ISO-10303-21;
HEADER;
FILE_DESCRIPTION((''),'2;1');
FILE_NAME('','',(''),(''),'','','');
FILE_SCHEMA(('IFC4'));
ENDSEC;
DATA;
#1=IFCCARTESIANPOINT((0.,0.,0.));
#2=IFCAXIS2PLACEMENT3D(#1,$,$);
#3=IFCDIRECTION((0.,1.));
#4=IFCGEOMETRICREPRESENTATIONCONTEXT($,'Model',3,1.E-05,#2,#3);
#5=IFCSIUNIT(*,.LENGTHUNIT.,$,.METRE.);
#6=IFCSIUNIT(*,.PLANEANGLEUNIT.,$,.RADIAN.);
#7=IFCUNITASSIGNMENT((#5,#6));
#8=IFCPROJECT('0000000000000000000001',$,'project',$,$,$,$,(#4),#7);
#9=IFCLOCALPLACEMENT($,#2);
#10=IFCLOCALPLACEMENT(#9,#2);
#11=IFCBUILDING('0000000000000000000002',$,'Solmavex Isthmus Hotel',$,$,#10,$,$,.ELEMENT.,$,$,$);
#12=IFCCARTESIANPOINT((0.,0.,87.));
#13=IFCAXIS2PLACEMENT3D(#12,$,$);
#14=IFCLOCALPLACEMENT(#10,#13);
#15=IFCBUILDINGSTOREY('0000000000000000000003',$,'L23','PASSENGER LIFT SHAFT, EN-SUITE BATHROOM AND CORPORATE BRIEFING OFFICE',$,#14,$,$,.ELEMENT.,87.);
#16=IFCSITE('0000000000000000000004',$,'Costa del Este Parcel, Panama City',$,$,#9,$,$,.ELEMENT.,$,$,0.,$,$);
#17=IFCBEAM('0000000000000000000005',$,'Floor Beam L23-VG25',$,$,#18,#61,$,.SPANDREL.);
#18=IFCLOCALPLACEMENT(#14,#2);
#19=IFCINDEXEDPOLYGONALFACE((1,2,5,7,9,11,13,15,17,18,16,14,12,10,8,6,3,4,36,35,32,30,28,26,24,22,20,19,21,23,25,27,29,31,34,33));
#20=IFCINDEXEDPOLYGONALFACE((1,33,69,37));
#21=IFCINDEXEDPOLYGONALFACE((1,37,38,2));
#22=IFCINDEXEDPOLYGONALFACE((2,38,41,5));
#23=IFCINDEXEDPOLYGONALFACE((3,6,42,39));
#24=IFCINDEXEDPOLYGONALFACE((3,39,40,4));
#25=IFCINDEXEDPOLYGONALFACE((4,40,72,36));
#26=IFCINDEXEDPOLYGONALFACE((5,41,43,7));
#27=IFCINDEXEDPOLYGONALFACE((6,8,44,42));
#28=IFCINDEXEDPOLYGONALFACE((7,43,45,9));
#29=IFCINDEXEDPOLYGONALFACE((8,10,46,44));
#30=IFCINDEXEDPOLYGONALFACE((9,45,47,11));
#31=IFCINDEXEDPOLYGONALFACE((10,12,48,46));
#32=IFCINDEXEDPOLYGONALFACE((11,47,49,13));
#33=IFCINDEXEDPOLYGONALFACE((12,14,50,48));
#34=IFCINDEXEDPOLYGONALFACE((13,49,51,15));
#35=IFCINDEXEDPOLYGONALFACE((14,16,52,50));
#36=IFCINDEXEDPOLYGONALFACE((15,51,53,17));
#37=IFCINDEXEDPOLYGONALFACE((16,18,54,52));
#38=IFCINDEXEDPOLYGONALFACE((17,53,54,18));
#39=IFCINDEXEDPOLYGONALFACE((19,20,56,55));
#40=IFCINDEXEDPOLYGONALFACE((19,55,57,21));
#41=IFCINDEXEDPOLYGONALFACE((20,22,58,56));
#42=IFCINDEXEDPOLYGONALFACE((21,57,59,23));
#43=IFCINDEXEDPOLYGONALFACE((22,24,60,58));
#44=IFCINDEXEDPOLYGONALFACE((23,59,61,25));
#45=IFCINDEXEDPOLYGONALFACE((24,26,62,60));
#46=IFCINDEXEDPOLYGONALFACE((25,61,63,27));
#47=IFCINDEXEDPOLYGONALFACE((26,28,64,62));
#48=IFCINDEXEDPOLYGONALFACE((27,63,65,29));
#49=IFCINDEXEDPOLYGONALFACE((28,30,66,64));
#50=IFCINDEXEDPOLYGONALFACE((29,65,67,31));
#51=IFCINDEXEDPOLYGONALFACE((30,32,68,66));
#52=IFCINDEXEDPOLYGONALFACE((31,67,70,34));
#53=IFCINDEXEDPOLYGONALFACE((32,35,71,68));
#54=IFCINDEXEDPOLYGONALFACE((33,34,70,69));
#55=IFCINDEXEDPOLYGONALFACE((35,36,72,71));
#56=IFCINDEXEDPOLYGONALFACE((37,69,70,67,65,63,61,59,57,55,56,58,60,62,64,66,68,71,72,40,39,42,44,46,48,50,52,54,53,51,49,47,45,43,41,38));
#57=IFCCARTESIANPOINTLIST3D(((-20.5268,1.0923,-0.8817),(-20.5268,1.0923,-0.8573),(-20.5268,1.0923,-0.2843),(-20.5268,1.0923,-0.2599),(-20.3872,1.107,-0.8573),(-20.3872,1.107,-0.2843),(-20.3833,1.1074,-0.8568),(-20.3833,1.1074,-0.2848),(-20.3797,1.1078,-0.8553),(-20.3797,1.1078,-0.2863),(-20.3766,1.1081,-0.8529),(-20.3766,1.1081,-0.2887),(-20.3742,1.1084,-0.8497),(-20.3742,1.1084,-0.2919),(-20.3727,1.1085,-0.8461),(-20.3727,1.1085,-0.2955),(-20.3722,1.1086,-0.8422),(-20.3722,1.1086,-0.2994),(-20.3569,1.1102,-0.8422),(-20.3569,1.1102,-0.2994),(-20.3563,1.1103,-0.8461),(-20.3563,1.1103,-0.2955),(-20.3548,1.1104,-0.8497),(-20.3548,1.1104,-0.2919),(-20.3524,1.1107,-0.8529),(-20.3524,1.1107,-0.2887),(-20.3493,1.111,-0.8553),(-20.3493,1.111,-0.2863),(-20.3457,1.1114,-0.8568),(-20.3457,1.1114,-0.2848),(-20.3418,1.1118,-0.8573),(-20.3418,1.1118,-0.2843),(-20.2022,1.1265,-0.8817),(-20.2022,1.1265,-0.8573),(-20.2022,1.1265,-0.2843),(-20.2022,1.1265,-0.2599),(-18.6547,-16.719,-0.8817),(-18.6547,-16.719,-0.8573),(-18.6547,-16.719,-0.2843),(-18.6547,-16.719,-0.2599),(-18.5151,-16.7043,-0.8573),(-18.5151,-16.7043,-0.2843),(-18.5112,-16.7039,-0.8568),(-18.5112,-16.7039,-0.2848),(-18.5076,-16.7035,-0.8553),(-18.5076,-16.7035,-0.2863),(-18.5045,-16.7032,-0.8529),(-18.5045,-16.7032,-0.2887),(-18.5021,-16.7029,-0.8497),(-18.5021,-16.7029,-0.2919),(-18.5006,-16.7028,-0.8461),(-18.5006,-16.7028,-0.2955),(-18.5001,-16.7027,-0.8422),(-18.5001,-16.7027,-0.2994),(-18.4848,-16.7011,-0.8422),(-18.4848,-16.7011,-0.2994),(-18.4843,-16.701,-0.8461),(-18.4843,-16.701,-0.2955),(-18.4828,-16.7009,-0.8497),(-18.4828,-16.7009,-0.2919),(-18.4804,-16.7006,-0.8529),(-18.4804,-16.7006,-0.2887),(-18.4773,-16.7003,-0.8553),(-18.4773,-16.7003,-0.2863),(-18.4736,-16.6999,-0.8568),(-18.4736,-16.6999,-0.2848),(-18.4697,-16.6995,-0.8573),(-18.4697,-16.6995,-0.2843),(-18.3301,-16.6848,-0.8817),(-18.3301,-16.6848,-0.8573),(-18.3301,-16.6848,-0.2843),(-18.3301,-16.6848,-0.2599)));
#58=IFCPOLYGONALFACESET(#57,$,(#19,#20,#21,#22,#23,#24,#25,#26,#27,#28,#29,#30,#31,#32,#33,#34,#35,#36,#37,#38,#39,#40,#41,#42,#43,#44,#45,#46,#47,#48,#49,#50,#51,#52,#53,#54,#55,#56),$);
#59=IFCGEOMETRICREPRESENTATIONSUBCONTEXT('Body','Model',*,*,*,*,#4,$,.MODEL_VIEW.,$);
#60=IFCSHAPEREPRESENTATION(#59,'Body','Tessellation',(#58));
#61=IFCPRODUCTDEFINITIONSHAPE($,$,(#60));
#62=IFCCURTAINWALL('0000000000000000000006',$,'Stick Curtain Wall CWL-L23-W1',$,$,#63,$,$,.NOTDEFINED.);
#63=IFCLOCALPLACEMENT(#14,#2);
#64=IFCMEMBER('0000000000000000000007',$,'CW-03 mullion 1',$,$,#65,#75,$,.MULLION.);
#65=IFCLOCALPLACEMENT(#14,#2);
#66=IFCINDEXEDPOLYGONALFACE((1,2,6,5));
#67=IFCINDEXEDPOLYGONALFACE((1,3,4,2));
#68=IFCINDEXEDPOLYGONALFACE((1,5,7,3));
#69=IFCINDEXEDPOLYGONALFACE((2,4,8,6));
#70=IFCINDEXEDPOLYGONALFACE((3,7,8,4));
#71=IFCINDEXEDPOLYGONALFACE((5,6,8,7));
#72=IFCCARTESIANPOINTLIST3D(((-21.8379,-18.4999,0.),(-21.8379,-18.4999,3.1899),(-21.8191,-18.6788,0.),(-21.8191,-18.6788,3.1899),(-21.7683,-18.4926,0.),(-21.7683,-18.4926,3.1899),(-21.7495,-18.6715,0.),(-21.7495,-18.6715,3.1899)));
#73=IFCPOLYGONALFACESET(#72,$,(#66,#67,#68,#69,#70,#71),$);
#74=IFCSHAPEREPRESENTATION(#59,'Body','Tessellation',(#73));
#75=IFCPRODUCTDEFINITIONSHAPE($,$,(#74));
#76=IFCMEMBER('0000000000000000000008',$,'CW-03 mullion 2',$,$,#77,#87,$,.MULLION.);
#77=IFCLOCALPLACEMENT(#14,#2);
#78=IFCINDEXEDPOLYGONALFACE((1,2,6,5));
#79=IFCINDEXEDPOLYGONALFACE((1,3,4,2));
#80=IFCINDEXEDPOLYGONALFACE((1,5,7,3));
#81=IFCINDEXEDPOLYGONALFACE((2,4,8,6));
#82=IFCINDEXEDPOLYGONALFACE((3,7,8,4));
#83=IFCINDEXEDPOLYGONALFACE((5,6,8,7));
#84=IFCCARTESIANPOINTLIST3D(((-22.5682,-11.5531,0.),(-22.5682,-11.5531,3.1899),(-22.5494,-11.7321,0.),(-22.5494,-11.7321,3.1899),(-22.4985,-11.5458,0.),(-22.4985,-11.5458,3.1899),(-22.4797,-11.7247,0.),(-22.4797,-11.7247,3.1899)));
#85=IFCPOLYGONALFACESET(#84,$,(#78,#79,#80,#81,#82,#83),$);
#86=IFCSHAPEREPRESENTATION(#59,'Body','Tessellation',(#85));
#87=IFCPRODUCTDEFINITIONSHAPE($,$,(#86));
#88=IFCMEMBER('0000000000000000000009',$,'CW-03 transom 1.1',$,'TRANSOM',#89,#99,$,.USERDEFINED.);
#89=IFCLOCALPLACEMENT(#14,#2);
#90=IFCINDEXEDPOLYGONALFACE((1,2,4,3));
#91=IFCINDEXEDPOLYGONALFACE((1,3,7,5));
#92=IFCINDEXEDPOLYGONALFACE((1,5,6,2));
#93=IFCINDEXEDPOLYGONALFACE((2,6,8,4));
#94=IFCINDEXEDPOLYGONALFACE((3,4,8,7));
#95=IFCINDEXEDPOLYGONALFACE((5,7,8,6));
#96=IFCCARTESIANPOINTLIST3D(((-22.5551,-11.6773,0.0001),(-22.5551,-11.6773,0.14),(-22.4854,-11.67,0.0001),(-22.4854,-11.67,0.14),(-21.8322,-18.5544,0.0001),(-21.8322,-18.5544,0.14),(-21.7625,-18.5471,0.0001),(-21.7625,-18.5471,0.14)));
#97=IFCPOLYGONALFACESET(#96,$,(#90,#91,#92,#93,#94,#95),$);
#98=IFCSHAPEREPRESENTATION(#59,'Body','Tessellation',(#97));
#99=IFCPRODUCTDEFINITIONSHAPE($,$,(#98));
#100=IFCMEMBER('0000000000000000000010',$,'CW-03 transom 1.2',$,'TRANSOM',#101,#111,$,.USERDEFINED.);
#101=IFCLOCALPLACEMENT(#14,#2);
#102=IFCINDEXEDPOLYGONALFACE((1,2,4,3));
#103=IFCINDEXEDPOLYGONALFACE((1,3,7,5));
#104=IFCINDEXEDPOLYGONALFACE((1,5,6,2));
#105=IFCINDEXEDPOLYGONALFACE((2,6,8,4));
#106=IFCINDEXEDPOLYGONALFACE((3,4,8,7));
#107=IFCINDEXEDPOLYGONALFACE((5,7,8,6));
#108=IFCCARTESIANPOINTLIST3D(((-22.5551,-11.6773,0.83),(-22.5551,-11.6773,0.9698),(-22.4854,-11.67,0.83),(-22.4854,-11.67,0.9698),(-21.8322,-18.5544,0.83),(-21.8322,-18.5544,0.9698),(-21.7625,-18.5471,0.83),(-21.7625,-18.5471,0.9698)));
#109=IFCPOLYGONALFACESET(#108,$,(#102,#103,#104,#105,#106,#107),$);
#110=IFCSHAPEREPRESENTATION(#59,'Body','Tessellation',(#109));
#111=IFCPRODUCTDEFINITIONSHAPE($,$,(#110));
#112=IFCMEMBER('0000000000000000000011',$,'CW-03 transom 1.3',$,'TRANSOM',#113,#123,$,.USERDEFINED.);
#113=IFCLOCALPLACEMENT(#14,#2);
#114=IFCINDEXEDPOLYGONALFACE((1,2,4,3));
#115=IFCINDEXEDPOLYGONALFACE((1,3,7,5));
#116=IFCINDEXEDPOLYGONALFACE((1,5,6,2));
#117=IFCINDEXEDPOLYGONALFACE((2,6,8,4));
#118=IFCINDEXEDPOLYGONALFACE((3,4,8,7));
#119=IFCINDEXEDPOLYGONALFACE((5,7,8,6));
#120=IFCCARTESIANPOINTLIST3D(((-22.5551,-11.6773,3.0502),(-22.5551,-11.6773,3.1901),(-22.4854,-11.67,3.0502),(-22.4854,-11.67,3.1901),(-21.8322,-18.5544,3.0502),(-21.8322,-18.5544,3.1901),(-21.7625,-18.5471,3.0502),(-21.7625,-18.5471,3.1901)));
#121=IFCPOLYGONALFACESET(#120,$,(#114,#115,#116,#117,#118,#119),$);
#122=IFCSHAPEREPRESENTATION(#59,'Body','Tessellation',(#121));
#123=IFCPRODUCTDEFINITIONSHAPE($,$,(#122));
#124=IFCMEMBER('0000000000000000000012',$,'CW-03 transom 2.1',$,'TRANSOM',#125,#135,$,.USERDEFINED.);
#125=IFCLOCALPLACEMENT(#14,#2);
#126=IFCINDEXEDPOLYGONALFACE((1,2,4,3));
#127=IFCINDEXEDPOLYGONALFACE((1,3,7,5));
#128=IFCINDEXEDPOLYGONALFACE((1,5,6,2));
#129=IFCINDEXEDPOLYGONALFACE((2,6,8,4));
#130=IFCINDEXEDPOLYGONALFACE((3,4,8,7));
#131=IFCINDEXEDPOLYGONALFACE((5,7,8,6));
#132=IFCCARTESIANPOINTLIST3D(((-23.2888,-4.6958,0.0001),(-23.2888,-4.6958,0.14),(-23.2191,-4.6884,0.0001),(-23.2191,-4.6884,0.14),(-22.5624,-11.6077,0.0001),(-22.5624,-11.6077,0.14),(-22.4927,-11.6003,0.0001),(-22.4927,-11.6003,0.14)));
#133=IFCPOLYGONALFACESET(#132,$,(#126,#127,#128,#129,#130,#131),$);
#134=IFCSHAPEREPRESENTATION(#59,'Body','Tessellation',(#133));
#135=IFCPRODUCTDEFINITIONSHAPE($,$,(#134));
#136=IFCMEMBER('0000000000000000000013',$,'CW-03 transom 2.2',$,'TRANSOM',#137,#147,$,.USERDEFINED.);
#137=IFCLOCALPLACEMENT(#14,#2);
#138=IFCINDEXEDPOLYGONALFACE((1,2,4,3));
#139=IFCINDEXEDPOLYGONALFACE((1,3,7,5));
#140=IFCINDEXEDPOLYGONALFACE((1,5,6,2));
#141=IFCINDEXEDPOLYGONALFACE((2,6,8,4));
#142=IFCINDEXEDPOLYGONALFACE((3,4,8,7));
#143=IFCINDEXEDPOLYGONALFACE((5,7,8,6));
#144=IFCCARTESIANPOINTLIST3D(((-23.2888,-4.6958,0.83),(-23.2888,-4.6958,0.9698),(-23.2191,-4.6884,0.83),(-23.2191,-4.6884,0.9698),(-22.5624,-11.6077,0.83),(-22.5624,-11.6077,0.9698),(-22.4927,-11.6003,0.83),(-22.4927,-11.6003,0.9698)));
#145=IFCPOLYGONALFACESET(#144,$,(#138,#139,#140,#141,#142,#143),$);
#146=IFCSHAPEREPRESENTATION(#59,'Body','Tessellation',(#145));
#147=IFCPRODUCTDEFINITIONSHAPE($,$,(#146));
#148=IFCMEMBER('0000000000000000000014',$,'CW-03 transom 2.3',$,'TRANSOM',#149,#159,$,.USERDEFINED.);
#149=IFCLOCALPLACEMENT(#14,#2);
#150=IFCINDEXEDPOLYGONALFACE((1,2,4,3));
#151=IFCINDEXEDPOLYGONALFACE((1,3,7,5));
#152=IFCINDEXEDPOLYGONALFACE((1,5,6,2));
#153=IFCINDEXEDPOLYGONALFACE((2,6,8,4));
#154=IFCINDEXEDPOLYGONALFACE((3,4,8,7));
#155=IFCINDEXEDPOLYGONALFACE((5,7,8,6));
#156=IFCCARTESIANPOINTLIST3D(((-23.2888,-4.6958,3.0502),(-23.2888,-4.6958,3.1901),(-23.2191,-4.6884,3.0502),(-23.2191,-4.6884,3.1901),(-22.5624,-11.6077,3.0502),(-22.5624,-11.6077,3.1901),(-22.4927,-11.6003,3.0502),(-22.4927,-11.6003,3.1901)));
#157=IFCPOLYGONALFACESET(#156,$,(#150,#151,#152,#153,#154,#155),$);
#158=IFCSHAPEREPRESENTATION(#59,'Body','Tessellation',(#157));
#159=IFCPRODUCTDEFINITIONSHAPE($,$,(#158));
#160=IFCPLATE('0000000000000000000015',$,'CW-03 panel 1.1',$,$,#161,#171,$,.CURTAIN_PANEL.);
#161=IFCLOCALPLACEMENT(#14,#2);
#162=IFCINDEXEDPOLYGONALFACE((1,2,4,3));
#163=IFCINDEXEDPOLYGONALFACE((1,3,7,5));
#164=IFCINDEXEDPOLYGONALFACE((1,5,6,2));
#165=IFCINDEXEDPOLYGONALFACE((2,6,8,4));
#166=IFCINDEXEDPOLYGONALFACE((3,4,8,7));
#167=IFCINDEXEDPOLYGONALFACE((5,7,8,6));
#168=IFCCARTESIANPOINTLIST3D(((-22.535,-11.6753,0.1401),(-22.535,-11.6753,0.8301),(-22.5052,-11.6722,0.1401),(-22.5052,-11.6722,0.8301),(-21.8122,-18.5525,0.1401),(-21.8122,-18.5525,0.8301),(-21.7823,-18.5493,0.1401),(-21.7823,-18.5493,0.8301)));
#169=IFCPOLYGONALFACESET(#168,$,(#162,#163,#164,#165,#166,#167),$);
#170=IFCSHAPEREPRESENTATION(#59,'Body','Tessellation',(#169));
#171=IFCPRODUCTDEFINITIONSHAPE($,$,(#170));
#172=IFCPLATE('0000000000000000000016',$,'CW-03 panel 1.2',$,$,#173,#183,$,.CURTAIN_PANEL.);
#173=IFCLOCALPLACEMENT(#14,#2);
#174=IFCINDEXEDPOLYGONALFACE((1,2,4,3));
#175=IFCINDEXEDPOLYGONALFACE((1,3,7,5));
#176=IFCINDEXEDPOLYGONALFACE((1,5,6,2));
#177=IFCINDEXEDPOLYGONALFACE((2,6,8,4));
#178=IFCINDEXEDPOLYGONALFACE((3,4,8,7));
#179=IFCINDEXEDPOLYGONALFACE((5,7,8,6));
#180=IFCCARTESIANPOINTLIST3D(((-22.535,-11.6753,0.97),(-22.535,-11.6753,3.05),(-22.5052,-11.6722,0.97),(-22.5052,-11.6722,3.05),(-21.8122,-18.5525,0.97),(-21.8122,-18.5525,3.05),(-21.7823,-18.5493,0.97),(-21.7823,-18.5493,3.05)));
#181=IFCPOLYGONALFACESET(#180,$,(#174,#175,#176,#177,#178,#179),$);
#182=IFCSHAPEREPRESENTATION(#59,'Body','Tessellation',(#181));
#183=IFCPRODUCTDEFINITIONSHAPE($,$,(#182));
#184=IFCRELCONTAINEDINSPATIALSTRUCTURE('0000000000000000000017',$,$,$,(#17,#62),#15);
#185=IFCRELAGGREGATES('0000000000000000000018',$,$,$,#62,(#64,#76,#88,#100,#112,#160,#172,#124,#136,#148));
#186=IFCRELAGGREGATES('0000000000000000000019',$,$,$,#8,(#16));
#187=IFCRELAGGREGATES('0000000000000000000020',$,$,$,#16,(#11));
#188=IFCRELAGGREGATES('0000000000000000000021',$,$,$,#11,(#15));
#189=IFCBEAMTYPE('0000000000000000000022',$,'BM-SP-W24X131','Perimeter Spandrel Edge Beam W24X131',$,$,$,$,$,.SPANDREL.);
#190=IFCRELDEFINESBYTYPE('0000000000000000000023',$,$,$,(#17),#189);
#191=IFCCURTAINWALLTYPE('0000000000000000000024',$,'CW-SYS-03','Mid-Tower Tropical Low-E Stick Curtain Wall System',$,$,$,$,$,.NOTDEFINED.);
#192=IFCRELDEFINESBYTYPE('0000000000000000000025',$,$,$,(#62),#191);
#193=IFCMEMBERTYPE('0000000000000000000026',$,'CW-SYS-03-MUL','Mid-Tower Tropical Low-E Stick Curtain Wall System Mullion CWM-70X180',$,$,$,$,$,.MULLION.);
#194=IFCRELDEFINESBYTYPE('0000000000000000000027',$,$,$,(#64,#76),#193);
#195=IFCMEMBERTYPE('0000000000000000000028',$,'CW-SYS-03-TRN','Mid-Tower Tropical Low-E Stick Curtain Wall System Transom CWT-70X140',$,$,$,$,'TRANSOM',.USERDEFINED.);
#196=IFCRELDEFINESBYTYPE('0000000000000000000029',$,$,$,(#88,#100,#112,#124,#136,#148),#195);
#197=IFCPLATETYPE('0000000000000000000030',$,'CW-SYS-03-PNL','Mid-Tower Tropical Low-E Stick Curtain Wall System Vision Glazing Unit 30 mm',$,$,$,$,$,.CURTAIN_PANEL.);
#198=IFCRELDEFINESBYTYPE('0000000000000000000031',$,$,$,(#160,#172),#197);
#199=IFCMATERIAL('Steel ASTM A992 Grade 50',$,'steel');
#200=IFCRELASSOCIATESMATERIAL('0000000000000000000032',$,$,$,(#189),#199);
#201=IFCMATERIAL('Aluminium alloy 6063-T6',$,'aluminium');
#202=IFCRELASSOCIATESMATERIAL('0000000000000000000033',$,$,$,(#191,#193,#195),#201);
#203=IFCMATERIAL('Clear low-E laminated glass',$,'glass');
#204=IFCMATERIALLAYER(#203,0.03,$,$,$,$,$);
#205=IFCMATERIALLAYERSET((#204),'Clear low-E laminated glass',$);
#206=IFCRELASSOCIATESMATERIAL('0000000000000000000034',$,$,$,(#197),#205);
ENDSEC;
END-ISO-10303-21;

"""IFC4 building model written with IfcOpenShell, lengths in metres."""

from ifc_helpers import new_model, si_unit, direction, frame, origin, origin_2d, place, context, subcontext, project, spatial, rectangle, i_section, extrude, material, layer, layer_set, material_profile, profile_set, type_object, element, aggregate, save


model = new_model("IFC4")

# Units and contexts
model_context = context("Model", 3, precision=1e-05, world=origin(), true_north=direction((0.0, 1.0)))
body_context = subcontext(model_context, "Body", "Model", "MODEL_VIEW")
ifc_project = project(units=[si_unit("LENGTHUNIT", "METRE"), si_unit("PLANEANGLEUNIT", "RADIAN")], contexts=[model_context])

# Site, building, storey
site_placement = place(None, origin())
site = spatial("IfcSite", under=ifc_project, at=site_placement, Name="Costa del Este Parcel, Panama City", CompositionType="ELEMENT", RefElevation=0.0)
building_placement = place(site_placement, origin())
building = spatial("IfcBuilding", under=site, at=building_placement, Name="Solmavex Isthmus Hotel", CompositionType="ELEMENT")
storey_placement = place(building_placement, frame((0.0, 0.0, 87.0)))
storey = spatial("IfcBuildingStorey", under=building, at=storey_placement, Name="L23", Description="PASSENGER LIFT SHAFT, EN-SUITE BATHROOM AND CORPORATE BRIEFING OFFICE", CompositionType="ELEMENT", Elevation=87.0)

# Beam
ifc_material_1 = material(Name="Steel ASTM A992 Grade 50", Category="steel")
ifc_material_profile_1 = material_profile(ifc_material_1, i_section(OverallWidth=0.3264, OverallDepth=0.6218, WebThickness=0.0154, FlangeThickness=0.0244, FilletRadius=0.0151, at=origin_2d()), Name="W24X131")
ifc_profile_set_1 = profile_set([ifc_material_profile_1], Name="Steel ASTM A992 Grade 50")
beam_type_1 = type_object("IfcBeamType", Name="BM-SP-W24X131", Description="Perimeter Spandrel Edge Beam W24X131", PredefinedType="SPANDREL", material=ifc_profile_set_1)
beam_1_placement = place(storey_placement, frame((-18.4924, -16.7019, -0.5708), z_axis=(-0.10453, 0.994522, 0.0), x_axis=(-0.994522, -0.10453, 0.0)))
element("IfcBeam", 1, at=beam_1_placement, inside=storey, type_object=beam_type_1, Name="Floor Beam L23-VG25", PredefinedType="SPANDREL", context=body_context, shape_type="SweptSolid", body=[
    extrude(i_section(OverallWidth=0.3264, OverallDepth=0.6218, WebThickness=0.0154, FlangeThickness=0.0244, FilletRadius=0.0151, at=origin_2d()), origin(), (0.0, 0.0, 1.0), 17.9094),
])

# Curtain wall, members, plates
ifc_material_2 = material(Name="Aluminium alloy 6063-T6", Category="aluminium")
curtain_wall_type = type_object("IfcCurtainWallType", Name="CW-SYS-03", Description="Mid-Tower Tropical Low-E Stick Curtain Wall System", PredefinedType="NOTDEFINED", material=ifc_material_2)
curtain_wall_placement = place(storey_placement, origin())
curtain_wall = element("IfcCurtainWall", 2, at=curtain_wall_placement, inside=storey, type_object=curtain_wall_type, Name="Stick Curtain Wall CWL-L23-W1", PredefinedType="NOTDEFINED")
ifc_material_profile_2 = material_profile(ifc_material_2, rectangle(XDim=0.0701, YDim=0.1799, at=origin_2d()), Name="CWM-70X180")
ifc_profile_set_2 = profile_set([ifc_material_profile_2], Name="Aluminium alloy 6063-T6")
member_type_1 = type_object("IfcMemberType", Name="CW-SYS-03-MUL", Description="Mid-Tower Tropical Low-E Stick Curtain Wall System Mullion CWM-70X180", PredefinedType="MULLION", material=ifc_profile_set_2)
member_1_placement = place(storey_placement, frame((-21.7937, -18.5857, 0.0), z_axis=(0.0, 0.0, 1.0), x_axis=(-0.994522, -0.104528, 0.0)))
member_1 = element("IfcMember", 3, at=member_1_placement, type_object=member_type_1, Name="CW-03 mullion 1", PredefinedType="MULLION", context=body_context, shape_type="SweptSolid", body=[
    extrude(rectangle(XDim=0.0701, YDim=0.1799, at=origin_2d()), origin(), (0.0, 0.0, 1.0), 3.1899),
])
member_2_placement = place(storey_placement, frame((-22.5239, -11.6389, 0.0), z_axis=(0.0, 0.0, 1.0), x_axis=(-0.994522, -0.104528, 0.0)))
member_2 = element("IfcMember", 4, at=member_2_placement, type_object=member_type_1, Name="CW-03 mullion 2", PredefinedType="MULLION", context=body_context, shape_type="SweptSolid", body=[
    extrude(rectangle(XDim=0.0701, YDim=0.1799, at=origin_2d()), origin(), (0.0, 0.0, 1.0), 3.1899),
])
ifc_material_profile_3 = material_profile(ifc_material_2, rectangle(XDim=0.0701, YDim=0.1399, at=origin_2d()), Name="CWT-70X140")
ifc_profile_set_3 = profile_set([ifc_material_profile_3], Name="Aluminium alloy 6063-T6")
member_type_2 = type_object("IfcMemberType", Name="CW-SYS-03-TRN", Description="Mid-Tower Tropical Low-E Stick Curtain Wall System Transom CWT-70X140", ElementType="TRANSOM", PredefinedType="USERDEFINED", material=ifc_profile_set_3)
member_3_placement = place(storey_placement, frame((-21.7974, -18.5508, 0.0701), z_axis=(-0.10454, 0.994521, 0.0), x_axis=(-0.994521, -0.10454, 0.0)))
member_3 = element("IfcMember", 5, at=member_3_placement, type_object=member_type_2, Name="CW-03 transom 1.1", ObjectType="TRANSOM", PredefinedType="USERDEFINED", context=body_context, shape_type="SweptSolid", body=[
    extrude(rectangle(XDim=0.0701, YDim=0.1399, at=origin_2d()), origin(), (0.0, 0.0, 1.0), 6.915),
])
member_4_placement = place(storey_placement, frame((-21.7974, -18.5508, 0.8999), z_axis=(-0.10454, 0.994521, 0.0), x_axis=(-0.994521, -0.10454, 0.0)))
member_4 = element("IfcMember", 6, at=member_4_placement, type_object=member_type_2, Name="CW-03 transom 1.2", ObjectType="TRANSOM", PredefinedType="USERDEFINED", context=body_context, shape_type="SweptSolid", body=[
    extrude(rectangle(XDim=0.0701, YDim=0.1399, at=origin_2d()), origin(), (0.0, 0.0, 1.0), 6.915),
])
member_5_placement = place(storey_placement, frame((-21.7974, -18.5508, 3.1201), z_axis=(-0.10454, 0.994521, 0.0), x_axis=(-0.994521, -0.10454, 0.0)))
member_5 = element("IfcMember", 7, at=member_5_placement, type_object=member_type_2, Name="CW-03 transom 1.3", ObjectType="TRANSOM", PredefinedType="USERDEFINED", context=body_context, shape_type="SweptSolid", body=[
    extrude(rectangle(XDim=0.0701, YDim=0.1399, at=origin_2d()), origin(), (0.0, 0.0, 1.0), 6.915),
])
member_6_placement = place(storey_placement, frame((-22.5276, -11.604, 0.0701), z_axis=(-0.104507, 0.994524, 0.0), x_axis=(-0.994524, -0.104507, 0.0)))
member_6 = element("IfcMember", 8, at=member_6_placement, type_object=member_type_2, Name="CW-03 transom 2.1", ObjectType="TRANSOM", PredefinedType="USERDEFINED", context=body_context, shape_type="SweptSolid", body=[
    extrude(rectangle(XDim=0.0701, YDim=0.1399, at=origin_2d()), origin(), (0.0, 0.0, 1.0), 6.95),
])
member_7_placement = place(storey_placement, frame((-22.5276, -11.604, 0.8999), z_axis=(-0.104507, 0.994524, 0.0), x_axis=(-0.994524, -0.104507, 0.0)))
member_7 = element("IfcMember", 9, at=member_7_placement, type_object=member_type_2, Name="CW-03 transom 2.2", ObjectType="TRANSOM", PredefinedType="USERDEFINED", context=body_context, shape_type="SweptSolid", body=[
    extrude(rectangle(XDim=0.0701, YDim=0.1399, at=origin_2d()), origin(), (0.0, 0.0, 1.0), 6.95),
])
member_8_placement = place(storey_placement, frame((-22.5276, -11.604, 3.1201), z_axis=(-0.104507, 0.994524, 0.0), x_axis=(-0.994524, -0.104507, 0.0)))
member_8 = element("IfcMember", 10, at=member_8_placement, type_object=member_type_2, Name="CW-03 transom 2.3", ObjectType="TRANSOM", PredefinedType="USERDEFINED", context=body_context, shape_type="SweptSolid", body=[
    extrude(rectangle(XDim=0.0701, YDim=0.1399, at=origin_2d()), origin(), (0.0, 0.0, 1.0), 6.95),
])
ifc_material_3 = material(Name="Clear low-E laminated glass", Category="glass")
ifc_layer_1 = layer(ifc_material_3, 0.03)
ifc_layer_set_1 = layer_set([ifc_layer_1], Name="Clear low-E laminated glass")
plate_type = type_object("IfcPlateType", Name="CW-SYS-03-PNL", Description="Mid-Tower Tropical Low-E Stick Curtain Wall System Vision Glazing Unit 30 mm", PredefinedType="CURTAIN_PANEL", material=ifc_layer_set_1)
plate_1_placement = place(storey_placement, frame((-22.1587, -15.1123, 0.1401), z_axis=(0.0, 0.0, 1.0), x_axis=(-0.104528, 0.994522, 0.0)))
plate_1 = element("IfcPlate", 11, at=plate_1_placement, type_object=plate_type, Name="CW-03 panel 1.1", PredefinedType="CURTAIN_PANEL", context=body_context, shape_type="SweptSolid", body=[
    extrude(rectangle(XDim=6.915, YDim=0.03, at=origin_2d()), origin(), (0.0, 0.0, 1.0), 0.6899),
])
plate_2_placement = place(storey_placement, frame((-22.1587, -15.1123, 0.97), z_axis=(0.0, 0.0, 1.0), x_axis=(-0.104528, 0.994522, 0.0)))
plate_2 = element("IfcPlate", 12, at=plate_2_placement, type_object=plate_type, Name="CW-03 panel 1.2", PredefinedType="CURTAIN_PANEL", context=body_context, shape_type="SweptSolid", body=[
    extrude(rectangle(XDim=6.915, YDim=0.03, at=origin_2d()), origin(), (0.0, 0.0, 1.0), 2.0801),
])
aggregate(curtain_wall, [member_1, member_2, member_3, member_4, member_5, plate_1, plate_2, member_6, member_7, member_8])

save(model, "model.ifc")
